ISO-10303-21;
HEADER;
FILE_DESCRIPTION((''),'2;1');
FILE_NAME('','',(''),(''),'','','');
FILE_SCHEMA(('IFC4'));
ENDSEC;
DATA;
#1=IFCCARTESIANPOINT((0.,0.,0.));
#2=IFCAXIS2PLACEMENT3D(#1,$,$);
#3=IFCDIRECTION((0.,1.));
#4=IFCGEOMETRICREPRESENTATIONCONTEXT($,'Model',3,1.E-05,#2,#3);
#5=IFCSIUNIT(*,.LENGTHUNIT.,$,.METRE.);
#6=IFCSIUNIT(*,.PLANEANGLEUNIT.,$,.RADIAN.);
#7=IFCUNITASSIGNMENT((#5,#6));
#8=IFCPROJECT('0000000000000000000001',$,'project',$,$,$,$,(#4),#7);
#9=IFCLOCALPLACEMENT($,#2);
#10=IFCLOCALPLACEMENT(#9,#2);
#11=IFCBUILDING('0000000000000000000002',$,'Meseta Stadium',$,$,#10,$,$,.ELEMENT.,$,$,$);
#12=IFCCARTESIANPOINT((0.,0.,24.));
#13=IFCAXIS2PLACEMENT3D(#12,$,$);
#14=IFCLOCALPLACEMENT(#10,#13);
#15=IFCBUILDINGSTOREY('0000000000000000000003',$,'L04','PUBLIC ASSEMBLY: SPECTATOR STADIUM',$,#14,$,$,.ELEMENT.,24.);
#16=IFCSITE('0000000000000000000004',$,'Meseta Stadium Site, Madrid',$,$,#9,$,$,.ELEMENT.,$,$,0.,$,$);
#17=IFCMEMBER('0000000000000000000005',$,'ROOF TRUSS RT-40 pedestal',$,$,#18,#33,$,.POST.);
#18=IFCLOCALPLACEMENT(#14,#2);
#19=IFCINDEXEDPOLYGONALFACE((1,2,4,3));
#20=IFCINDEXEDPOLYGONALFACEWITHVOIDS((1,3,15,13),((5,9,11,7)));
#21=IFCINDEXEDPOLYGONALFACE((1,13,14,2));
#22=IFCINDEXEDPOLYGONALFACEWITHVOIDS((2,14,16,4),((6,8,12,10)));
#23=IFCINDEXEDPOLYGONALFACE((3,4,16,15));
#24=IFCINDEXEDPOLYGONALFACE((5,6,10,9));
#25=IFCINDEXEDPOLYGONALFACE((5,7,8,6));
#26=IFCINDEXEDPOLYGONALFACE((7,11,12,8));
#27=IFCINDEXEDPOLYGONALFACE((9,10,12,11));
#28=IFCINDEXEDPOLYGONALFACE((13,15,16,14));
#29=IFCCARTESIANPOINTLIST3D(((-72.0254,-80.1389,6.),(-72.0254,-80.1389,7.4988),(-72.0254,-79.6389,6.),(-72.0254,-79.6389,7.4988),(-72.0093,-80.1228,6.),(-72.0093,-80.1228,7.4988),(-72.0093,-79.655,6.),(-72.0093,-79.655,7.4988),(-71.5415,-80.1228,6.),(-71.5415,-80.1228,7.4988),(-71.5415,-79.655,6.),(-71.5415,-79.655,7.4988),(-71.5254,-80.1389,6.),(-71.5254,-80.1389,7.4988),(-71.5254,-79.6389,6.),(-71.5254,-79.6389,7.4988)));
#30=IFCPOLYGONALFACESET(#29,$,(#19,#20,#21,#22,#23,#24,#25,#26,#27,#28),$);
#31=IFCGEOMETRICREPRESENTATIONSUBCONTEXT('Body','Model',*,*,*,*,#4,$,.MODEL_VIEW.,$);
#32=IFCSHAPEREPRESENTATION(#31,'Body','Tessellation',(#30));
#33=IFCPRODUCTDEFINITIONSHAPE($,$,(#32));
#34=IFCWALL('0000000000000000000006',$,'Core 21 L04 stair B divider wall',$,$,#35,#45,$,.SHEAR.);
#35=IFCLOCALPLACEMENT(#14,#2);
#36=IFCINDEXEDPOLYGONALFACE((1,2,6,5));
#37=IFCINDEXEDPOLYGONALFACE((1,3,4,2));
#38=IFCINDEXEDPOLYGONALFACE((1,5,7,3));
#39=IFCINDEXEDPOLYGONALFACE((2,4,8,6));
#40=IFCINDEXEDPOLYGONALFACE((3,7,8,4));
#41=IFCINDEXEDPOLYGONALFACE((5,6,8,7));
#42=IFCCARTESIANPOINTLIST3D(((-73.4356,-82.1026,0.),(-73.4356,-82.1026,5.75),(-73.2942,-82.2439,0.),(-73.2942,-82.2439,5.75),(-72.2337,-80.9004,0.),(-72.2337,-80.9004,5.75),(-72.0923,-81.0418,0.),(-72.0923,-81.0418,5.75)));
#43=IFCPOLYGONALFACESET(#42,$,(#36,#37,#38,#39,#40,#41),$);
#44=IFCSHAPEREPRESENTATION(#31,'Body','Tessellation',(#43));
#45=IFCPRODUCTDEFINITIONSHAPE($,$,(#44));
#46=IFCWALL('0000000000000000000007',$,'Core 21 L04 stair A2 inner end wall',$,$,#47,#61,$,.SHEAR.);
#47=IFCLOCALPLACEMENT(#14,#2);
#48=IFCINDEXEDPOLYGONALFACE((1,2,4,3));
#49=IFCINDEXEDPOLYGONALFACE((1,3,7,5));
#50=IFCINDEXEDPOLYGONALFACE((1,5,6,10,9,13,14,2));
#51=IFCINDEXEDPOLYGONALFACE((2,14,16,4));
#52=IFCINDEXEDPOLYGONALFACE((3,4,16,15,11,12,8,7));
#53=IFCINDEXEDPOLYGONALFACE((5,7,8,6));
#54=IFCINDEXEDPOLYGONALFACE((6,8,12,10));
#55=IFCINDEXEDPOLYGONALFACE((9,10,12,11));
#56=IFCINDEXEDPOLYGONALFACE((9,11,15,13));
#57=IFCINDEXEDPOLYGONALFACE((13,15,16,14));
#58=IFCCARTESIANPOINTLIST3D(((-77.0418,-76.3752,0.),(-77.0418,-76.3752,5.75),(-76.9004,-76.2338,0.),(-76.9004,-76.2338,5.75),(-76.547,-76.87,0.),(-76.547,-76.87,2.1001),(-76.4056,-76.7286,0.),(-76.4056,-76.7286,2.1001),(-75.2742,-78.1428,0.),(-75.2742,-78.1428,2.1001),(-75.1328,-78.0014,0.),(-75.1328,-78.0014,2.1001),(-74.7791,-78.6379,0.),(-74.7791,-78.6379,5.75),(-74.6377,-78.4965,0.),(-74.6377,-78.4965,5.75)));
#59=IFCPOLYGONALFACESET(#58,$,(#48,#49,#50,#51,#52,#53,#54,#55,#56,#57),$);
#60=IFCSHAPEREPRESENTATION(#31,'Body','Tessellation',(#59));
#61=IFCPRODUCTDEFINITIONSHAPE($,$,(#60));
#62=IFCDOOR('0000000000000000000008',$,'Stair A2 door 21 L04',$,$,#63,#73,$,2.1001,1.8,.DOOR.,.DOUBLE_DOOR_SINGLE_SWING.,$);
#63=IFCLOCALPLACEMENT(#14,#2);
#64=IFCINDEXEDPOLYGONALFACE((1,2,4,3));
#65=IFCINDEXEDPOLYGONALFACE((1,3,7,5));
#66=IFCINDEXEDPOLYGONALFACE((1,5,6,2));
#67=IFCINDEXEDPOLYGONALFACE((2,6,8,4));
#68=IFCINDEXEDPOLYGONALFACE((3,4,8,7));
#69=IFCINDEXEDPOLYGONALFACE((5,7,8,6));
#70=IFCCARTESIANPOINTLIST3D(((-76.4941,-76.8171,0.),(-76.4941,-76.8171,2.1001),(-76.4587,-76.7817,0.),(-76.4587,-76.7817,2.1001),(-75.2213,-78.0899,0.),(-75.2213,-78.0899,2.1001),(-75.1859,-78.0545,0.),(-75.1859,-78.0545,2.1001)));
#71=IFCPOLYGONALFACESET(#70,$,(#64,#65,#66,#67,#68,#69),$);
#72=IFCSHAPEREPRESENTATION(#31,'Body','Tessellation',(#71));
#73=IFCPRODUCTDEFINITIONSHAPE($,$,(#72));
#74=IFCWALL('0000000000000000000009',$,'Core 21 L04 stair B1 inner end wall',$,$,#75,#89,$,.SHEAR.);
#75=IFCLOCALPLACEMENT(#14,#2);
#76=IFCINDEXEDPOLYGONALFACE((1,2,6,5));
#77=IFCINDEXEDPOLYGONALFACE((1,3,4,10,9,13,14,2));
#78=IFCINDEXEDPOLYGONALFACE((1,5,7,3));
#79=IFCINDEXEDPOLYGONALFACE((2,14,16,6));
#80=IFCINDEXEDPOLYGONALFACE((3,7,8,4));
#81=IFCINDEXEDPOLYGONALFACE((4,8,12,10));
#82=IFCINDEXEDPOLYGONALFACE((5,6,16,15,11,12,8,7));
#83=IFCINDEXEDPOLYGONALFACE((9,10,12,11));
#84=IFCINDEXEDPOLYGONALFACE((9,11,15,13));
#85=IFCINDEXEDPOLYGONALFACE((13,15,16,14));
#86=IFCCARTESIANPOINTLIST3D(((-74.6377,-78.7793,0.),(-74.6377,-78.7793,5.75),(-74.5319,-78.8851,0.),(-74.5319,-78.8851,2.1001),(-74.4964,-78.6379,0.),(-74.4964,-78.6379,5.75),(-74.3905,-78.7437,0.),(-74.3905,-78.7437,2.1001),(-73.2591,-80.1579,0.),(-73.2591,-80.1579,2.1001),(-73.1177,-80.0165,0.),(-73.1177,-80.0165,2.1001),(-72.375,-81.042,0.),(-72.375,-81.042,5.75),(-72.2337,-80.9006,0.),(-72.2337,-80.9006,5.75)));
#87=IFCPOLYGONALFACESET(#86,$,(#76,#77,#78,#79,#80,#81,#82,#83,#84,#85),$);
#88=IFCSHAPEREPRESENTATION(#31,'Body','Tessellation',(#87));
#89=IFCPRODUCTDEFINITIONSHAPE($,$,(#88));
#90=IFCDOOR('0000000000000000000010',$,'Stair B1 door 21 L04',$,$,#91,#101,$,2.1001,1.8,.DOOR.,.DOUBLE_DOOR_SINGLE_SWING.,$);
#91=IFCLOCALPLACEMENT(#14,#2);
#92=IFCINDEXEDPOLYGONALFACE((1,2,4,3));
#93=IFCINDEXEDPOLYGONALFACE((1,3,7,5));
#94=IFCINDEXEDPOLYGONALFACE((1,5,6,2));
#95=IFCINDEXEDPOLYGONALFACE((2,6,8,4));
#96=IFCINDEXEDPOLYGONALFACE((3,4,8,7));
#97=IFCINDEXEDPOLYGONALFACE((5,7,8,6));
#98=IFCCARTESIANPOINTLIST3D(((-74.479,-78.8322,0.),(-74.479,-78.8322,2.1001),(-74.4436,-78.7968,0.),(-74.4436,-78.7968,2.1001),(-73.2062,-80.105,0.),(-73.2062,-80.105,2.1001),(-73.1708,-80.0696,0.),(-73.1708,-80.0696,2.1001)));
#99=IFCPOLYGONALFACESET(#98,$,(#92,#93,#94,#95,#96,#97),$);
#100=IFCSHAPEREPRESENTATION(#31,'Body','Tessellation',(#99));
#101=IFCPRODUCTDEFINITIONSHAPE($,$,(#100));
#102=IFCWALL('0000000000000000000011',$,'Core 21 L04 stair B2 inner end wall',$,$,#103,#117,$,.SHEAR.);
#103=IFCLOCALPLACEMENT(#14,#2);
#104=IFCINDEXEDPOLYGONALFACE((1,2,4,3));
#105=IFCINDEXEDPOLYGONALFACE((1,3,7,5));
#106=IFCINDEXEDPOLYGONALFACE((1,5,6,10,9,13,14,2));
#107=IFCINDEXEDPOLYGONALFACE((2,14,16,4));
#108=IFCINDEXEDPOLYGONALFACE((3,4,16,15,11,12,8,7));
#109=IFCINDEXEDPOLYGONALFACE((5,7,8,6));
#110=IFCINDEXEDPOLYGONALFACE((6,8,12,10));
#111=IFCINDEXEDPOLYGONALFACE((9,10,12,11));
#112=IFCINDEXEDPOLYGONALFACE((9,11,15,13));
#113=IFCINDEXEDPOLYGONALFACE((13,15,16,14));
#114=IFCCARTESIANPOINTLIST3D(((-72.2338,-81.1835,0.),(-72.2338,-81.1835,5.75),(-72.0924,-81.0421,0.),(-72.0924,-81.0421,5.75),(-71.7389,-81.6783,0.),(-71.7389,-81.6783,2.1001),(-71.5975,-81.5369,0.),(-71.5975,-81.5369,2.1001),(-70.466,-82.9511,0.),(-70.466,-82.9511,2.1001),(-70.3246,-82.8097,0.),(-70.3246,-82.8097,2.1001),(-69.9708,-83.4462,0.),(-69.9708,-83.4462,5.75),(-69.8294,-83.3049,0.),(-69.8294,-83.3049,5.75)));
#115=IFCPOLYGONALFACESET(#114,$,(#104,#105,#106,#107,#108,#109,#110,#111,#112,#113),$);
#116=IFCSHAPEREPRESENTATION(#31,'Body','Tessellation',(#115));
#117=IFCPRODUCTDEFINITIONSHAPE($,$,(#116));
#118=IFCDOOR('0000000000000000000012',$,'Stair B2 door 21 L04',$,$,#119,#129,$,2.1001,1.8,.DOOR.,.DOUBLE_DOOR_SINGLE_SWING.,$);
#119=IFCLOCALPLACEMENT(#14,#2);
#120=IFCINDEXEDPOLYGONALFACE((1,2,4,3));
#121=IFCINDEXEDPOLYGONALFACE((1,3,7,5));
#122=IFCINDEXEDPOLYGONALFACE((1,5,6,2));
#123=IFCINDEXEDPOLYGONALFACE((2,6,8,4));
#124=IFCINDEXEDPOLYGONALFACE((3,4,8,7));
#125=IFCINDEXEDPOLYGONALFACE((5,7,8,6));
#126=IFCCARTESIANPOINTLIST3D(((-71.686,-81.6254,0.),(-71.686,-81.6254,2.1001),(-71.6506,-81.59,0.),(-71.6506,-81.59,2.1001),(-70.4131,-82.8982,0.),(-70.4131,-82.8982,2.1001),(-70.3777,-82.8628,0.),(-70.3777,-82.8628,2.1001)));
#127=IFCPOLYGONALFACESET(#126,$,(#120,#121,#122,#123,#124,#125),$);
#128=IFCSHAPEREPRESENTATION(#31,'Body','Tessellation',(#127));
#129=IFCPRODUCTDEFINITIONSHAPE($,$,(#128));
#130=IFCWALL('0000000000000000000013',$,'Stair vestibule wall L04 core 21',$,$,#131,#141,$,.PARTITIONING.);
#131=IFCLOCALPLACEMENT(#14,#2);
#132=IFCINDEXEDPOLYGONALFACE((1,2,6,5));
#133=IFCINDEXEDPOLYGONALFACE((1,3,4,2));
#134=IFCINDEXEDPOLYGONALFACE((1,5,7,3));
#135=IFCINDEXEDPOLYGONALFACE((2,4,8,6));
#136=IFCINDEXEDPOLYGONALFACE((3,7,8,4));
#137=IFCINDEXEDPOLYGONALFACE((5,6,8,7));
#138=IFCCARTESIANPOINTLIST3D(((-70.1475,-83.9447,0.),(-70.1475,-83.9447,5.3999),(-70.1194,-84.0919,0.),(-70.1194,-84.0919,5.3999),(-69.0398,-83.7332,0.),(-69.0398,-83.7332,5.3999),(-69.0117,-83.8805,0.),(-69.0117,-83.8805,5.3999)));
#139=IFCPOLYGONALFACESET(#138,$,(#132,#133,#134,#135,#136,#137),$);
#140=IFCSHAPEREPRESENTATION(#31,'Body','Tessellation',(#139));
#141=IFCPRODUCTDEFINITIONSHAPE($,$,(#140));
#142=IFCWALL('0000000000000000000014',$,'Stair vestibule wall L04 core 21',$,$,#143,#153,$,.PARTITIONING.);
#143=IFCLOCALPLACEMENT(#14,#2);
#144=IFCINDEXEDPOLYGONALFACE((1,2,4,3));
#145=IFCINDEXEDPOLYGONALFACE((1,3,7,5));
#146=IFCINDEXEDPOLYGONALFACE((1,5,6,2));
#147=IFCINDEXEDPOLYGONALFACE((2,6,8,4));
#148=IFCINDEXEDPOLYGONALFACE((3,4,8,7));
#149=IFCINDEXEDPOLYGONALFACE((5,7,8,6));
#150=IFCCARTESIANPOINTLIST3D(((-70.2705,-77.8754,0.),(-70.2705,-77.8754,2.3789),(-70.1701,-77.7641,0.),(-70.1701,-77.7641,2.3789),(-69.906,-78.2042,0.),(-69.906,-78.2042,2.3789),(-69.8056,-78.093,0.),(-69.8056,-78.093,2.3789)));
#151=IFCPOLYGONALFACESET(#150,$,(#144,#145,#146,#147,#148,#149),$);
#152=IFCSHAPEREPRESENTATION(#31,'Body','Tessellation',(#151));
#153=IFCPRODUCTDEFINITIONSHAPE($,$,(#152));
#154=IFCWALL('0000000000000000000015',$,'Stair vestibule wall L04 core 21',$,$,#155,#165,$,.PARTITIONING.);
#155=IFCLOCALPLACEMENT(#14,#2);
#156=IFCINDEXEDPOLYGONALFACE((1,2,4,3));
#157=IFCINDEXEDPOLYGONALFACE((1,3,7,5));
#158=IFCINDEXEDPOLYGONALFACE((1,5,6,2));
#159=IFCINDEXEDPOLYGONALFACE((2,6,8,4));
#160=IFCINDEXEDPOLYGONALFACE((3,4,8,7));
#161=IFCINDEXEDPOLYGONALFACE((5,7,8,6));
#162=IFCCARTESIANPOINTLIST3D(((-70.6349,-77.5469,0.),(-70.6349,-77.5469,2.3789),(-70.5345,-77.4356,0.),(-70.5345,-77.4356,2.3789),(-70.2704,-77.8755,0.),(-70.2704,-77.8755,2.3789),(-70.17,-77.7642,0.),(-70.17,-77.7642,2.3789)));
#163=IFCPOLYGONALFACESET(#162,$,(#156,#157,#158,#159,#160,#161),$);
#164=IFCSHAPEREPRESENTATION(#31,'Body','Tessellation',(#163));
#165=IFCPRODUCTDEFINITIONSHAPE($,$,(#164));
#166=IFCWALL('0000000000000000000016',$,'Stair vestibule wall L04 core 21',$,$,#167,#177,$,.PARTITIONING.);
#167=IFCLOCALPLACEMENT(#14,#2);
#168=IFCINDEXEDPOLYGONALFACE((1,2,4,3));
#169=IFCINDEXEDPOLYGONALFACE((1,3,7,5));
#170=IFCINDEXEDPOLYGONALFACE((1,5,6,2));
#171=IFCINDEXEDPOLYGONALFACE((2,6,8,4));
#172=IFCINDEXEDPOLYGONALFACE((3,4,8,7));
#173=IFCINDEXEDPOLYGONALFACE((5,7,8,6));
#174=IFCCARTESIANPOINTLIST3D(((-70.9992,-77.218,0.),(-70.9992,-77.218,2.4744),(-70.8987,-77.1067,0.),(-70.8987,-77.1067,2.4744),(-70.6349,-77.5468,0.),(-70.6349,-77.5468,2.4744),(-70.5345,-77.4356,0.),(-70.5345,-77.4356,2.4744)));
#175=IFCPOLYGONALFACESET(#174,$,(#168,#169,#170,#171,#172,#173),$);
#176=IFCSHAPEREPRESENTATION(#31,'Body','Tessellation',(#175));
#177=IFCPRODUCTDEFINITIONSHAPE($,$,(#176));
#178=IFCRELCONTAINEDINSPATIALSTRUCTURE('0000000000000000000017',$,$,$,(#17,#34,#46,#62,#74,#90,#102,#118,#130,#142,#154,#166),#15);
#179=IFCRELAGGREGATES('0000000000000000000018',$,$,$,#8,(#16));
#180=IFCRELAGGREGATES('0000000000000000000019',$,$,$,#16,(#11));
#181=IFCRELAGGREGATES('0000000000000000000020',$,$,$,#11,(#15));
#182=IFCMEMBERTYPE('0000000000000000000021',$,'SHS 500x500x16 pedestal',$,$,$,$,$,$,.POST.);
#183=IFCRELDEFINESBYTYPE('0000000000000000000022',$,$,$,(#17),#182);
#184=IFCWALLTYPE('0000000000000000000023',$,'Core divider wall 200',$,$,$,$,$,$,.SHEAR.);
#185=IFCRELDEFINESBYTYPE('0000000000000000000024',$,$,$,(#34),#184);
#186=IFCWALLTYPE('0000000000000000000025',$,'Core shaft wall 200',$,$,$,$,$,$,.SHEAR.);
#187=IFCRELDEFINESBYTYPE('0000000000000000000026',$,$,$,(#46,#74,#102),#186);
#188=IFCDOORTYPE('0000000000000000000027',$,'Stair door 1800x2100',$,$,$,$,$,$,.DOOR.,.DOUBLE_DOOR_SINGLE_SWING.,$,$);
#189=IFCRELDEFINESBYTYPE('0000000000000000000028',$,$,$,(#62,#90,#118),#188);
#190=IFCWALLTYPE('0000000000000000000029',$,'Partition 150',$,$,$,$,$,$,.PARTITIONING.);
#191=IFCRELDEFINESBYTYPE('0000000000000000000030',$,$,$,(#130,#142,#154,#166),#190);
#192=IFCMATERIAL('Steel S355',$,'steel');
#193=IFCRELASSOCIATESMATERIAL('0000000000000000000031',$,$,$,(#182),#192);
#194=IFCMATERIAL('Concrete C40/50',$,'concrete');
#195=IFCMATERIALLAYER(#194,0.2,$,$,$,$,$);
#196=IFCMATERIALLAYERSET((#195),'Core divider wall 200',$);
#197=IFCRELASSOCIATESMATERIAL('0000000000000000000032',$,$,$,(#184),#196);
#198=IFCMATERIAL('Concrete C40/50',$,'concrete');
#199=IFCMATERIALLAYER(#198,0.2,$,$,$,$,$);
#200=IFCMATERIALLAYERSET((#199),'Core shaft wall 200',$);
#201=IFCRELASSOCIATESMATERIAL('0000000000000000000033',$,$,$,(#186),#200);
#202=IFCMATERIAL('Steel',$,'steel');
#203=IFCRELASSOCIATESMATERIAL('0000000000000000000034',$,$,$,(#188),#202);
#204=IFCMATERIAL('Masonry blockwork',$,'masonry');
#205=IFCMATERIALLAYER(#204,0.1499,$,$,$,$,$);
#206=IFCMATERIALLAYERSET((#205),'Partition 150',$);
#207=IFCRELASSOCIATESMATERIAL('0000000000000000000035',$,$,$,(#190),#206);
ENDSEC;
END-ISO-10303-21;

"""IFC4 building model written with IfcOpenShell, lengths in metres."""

from ifc_helpers import new_model, si_unit, direction, frame, frame_2d, origin, origin_2d, place, context, subcontext, project, spatial, rectangle, hollow_rectangle, extrude, material, layer, layer_set, material_profile, profile_set, type_object, element, fill, save


model = new_model("IFC4")

# Units and contexts
model_context = context("Model", 3, precision=1e-05, world=origin(), true_north=direction((0.0, 1.0)))
body_context = subcontext(model_context, "Body", "Model", "MODEL_VIEW")
ifc_project = project(units=[si_unit("LENGTHUNIT", "METRE"), si_unit("PLANEANGLEUNIT", "RADIAN")], contexts=[model_context])

# Site, building, storey
site_placement = place(None, origin())
site = spatial("IfcSite", under=ifc_project, at=site_placement, Name="Meseta Stadium Site, Madrid", CompositionType="ELEMENT", RefElevation=0.0)
building_placement = place(site_placement, origin())
building = spatial("IfcBuilding", under=site, at=building_placement, Name="Meseta Stadium", CompositionType="ELEMENT")
storey_placement = place(building_placement, frame((0.0, 0.0, 24.0)))
storey = spatial("IfcBuildingStorey", under=building, at=storey_placement, Name="L04", Description="PUBLIC ASSEMBLY: SPECTATOR STADIUM", CompositionType="ELEMENT", Elevation=24.0)

# Member
ifc_material_1 = material(Name="Steel S355", Category="steel")
ifc_material_profile_1 = material_profile(ifc_material_1, hollow_rectangle(XDim=0.5, YDim=0.5, WallThickness=0.0161, at=origin_2d()), Name="SHS 500x500x16")
ifc_profile_set_1 = profile_set([ifc_material_profile_1], Name="Steel S355")
member_type_1 = type_object("IfcMemberType", Name="SHS 500x500x16 pedestal", PredefinedType="POST", material=ifc_profile_set_1)
member_1_placement = place(storey_placement, frame((-71.7754, -79.8889, 6.0), z_axis=(0.0, 0.0, 1.0), x_axis=(1.0, 0.0, 0.0)))
element("IfcMember", 1, at=member_1_placement, inside=storey, type_object=member_type_1, Name="ROOF TRUSS RT-40 pedestal", PredefinedType="POST", context=body_context, shape_type="SweptSolid", body=[
    extrude(hollow_rectangle(XDim=0.5, YDim=0.5, WallThickness=0.0161, at=origin_2d()), origin(), (0.0, 0.0, 1.0), 1.4988),
])

# Wall
ifc_material_2 = material(Name="Concrete C40/50", Category="concrete")
ifc_layer_1 = layer(ifc_material_2, 0.2)
ifc_layer_set_1 = layer_set([ifc_layer_1], Name="Core divider wall 200")
wall_type_1 = type_object("IfcWallType", Name="Core divider wall 200", PredefinedType="SHEAR", material=ifc_layer_set_1)
wall_1_placement = place(storey_placement, frame((-73.365, -82.1733, 0.0), z_axis=(0.0, 0.0, 1.0), x_axis=(0.707035, 0.707179, 0.0)))
element("IfcWall", 2, at=wall_1_placement, inside=storey, type_object=wall_type_1, Name="Core 21 L04 stair B divider wall", PredefinedType="SHEAR", context=body_context, shape_type="SweptSolid", body=[
    extrude(rectangle(XDim=1.7, YDim=0.2, at=frame_2d((0.8501, 0.0))), origin(), (0.0, 0.0, 1.0), 5.75),
])

# Walls, openings, doors
ifc_material_3 = material(Name="Concrete C40/50", Category="concrete")
ifc_layer_2 = layer(ifc_material_3, 0.2)
ifc_layer_set_2 = layer_set([ifc_layer_2], Name="Core shaft wall 200")
wall_type_2 = type_object("IfcWallType", Name="Core shaft wall 200", PredefinedType="SHEAR", material=ifc_layer_set_2)
wall_2_placement = place(storey_placement, frame((-76.9712, -76.3044, 0.0), z_axis=(0.0, 0.0, 1.0), x_axis=(0.707107, -0.707107, 0.0)))
wall_2 = element("IfcWall", 3, at=wall_2_placement, inside=storey, type_object=wall_type_2, Name="Core 21 L04 stair A2 inner end wall", PredefinedType="SHEAR", context=body_context, shape_type="SweptSolid", body=[
    extrude(rectangle(XDim=3.2, YDim=0.2, at=frame_2d((1.6001, 0.0))), origin(), (0.0, 0.0, 1.0), 5.75),
])
opening_1_placement = place(wall_2_placement, frame((0.7, 0.0, 0.0)))
opening_1 = element("IfcOpeningElement", 4, at=opening_1_placement, cuts=wall_2, PredefinedType="OPENING", context=body_context, shape_type="SweptSolid", body=[
    extrude(rectangle(XDim=1.8, YDim=2.1001, at=frame_2d((0.8999, 1.05))), frame((0.0, 0.1099, 0.0), z_axis=(0.0, -1.0, 0.0), x_axis=(1.0, 0.0, 0.0)), (0.0, 0.0, 1.0), 0.22),
])
ifc_material_4 = material(Name="Steel", Category="steel")
door_type = type_object("IfcDoorType", Name="Stair door 1800x2100", OperationType="DOUBLE_DOOR_SINGLE_SWING", PredefinedType="DOOR", material=ifc_material_4)
door_1_placement = place(opening_1_placement, origin())
door_1 = element("IfcDoor", 5, at=door_1_placement, inside=storey, type_object=door_type, Name="Stair A2 door 21 L04", OperationType="DOUBLE_DOOR_SINGLE_SWING", OverallHeight=2.1001, OverallWidth=1.8, PredefinedType="DOOR", context=body_context, shape_type="SweptSolid", body=[
    extrude(rectangle(XDim=1.8, YDim=2.1001, at=frame_2d((0.8999, 1.05))), frame((0.0, 0.0249, 0.0), z_axis=(0.0, -1.0, 0.0), x_axis=(1.0, 0.0, 0.0)), (0.0, 0.0, 1.0), 0.05),
])
fill(opening_1, door_1)
wall_3_placement = place(storey_placement, frame((-74.5671, -78.7085, 0.0), z_axis=(0.0, 0.0, 1.0), x_axis=(0.707107, -0.707107, 0.0)))
wall_3 = element("IfcWall", 6, at=wall_3_placement, inside=storey, type_object=wall_type_2, Name="Core 21 L04 stair B1 inner end wall", PredefinedType="SHEAR", context=body_context, shape_type="SweptSolid", body=[
    extrude(rectangle(XDim=3.2, YDim=0.2, at=frame_2d((1.6001, 0.0))), origin(), (0.0, 0.0, 1.0), 5.75),
])
opening_2_placement = place(wall_3_placement, frame((0.1499, 0.0, 0.0)))
opening_2 = element("IfcOpeningElement", 7, at=opening_2_placement, cuts=wall_3, PredefinedType="OPENING", context=body_context, shape_type="SweptSolid", body=[
    extrude(rectangle(XDim=1.8, YDim=2.1001, at=frame_2d((0.8999, 1.05))), frame((0.0, 0.1099, 0.0), z_axis=(0.0, -1.0, 0.0), x_axis=(1.0, 0.0, 0.0)), (0.0, 0.0, 1.0), 0.22),
])
door_2_placement = place(opening_2_placement, origin())
door_2 = element("IfcDoor", 8, at=door_2_placement, inside=storey, type_object=door_type, Name="Stair B1 door 21 L04", OperationType="DOUBLE_DOOR_SINGLE_SWING", OverallHeight=2.1001, OverallWidth=1.8, PredefinedType="DOOR", context=body_context, shape_type="SweptSolid", body=[
    extrude(rectangle(XDim=1.8, YDim=2.1001, at=frame_2d((0.8999, 1.05))), frame((0.0, 0.0249, 0.0), z_axis=(0.0, -1.0, 0.0), x_axis=(1.0, 0.0, 0.0)), (0.0, 0.0, 1.0), 0.05),
])
fill(opening_2, door_2)
wall_4_placement = place(storey_placement, frame((-72.1631, -81.1128, 0.0), z_axis=(0.0, 0.0, 1.0), x_axis=(0.707145, -0.707069, 0.0)))
wall_4 = element("IfcWall", 9, at=wall_4_placement, inside=storey, type_object=wall_type_2, Name="Core 21 L04 stair B2 inner end wall", PredefinedType="SHEAR", context=body_context, shape_type="SweptSolid", body=[
    extrude(rectangle(XDim=3.2002, YDim=0.2, at=frame_2d((1.6001, 0.0))), origin(), (0.0, 0.0, 1.0), 5.75),
])
opening_3_placement = place(wall_4_placement, frame((0.7, 0.0, 0.0)))
opening_3 = element("IfcOpeningElement", 10, at=opening_3_placement, cuts=wall_4, PredefinedType="OPENING", context=body_context, shape_type="SweptSolid", body=[
    extrude(rectangle(XDim=1.8, YDim=2.1001, at=frame_2d((0.8999, 1.05))), frame((0.0, 0.1099, 0.0), z_axis=(0.0, -1.0, 0.0), x_axis=(1.0, 0.0, 0.0)), (0.0, 0.0, 1.0), 0.22),
])
door_3_placement = place(opening_3_placement, origin())
door_3 = element("IfcDoor", 11, at=door_3_placement, inside=storey, type_object=door_type, Name="Stair B2 door 21 L04", OperationType="DOUBLE_DOOR_SINGLE_SWING", OverallHeight=2.1001, OverallWidth=1.8, PredefinedType="DOOR", context=body_context, shape_type="SweptSolid", body=[
    extrude(rectangle(XDim=1.8, YDim=2.1001, at=frame_2d((0.8999, 1.05))), frame((0.0, 0.0249, 0.0), z_axis=(0.0, -1.0, 0.0), x_axis=(1.0, 0.0, 0.0)), (0.0, 0.0, 1.0), 0.05),
])
fill(opening_3, door_3)

# Walls
ifc_material_5 = material(Name="Masonry blockwork", Category="masonry")
ifc_layer_3 = layer(ifc_material_5, 0.1499)
ifc_layer_set_3 = layer_set([ifc_layer_3], Name="Partition 150")
wall_type_3 = type_object("IfcWallType", Name="Partition 150", PredefinedType="PARTITIONING", material=ifc_layer_set_3)
wall_5_placement = place(storey_placement, frame((-70.1335, -84.0183, 0.0), z_axis=(0.0, 0.0, 1.0), x_axis=(0.982266, 0.18749, 0.0)))
element("IfcWall", 12, at=wall_5_placement, inside=storey, type_object=wall_type_3, Name="Stair vestibule wall L04 core 21", PredefinedType="PARTITIONING", context=body_context, shape_type="SweptSolid", body=[
    extrude(rectangle(XDim=1.1277, YDim=0.1499, at=frame_2d((0.564, 0.0))), origin(), (0.0, 0.0, 1.0), 5.3999),
])
wall_6_placement = place(storey_placement, frame((-69.8557, -78.1487, 0.0), z_axis=(0.0, 0.0, 1.0), x_axis=(-0.742478, 0.669871, 0.0)))
element("IfcWall", 13, at=wall_6_placement, inside=storey, type_object=wall_type_3, Name="Stair vestibule wall L04 core 21", PredefinedType="PARTITIONING", context=body_context, shape_type="SweptSolid", body=[
    extrude(rectangle(XDim=0.491, YDim=0.1499, at=frame_2d((0.2456, 0.0))), origin(), (0.0, 0.0, 1.0), 2.3789),
])
wall_7_placement = place(storey_placement, frame((-70.2202, -77.8198, 0.0), z_axis=(0.0, 0.0, 1.0), x_axis=(-0.742725, 0.669597, 0.0)))
element("IfcWall", 14, at=wall_7_placement, inside=storey, type_object=wall_type_3, Name="Stair vestibule wall L04 core 21", PredefinedType="PARTITIONING", context=body_context, shape_type="SweptSolid", body=[
    extrude(rectangle(XDim=0.4907, YDim=0.1499, at=frame_2d((0.2454, 0.0))), origin(), (0.0, 0.0, 1.0), 2.3789),
])
wall_8_placement = place(storey_placement, frame((-70.5847, -77.4912, 0.0), z_axis=(0.0, 0.0, 1.0), x_axis=(-0.742254, 0.670118, 0.0)))
element("IfcWall", 15, at=wall_8_placement, inside=storey, type_object=wall_type_3, Name="Stair vestibule wall L04 core 21", PredefinedType="PARTITIONING", context=body_context, shape_type="SweptSolid", body=[
    extrude(rectangle(XDim=0.4907, YDim=0.1499, at=frame_2d((0.2454, 0.0))), origin(), (0.0, 0.0, 1.0), 2.4744),
])

save(model, "model.ifc")
